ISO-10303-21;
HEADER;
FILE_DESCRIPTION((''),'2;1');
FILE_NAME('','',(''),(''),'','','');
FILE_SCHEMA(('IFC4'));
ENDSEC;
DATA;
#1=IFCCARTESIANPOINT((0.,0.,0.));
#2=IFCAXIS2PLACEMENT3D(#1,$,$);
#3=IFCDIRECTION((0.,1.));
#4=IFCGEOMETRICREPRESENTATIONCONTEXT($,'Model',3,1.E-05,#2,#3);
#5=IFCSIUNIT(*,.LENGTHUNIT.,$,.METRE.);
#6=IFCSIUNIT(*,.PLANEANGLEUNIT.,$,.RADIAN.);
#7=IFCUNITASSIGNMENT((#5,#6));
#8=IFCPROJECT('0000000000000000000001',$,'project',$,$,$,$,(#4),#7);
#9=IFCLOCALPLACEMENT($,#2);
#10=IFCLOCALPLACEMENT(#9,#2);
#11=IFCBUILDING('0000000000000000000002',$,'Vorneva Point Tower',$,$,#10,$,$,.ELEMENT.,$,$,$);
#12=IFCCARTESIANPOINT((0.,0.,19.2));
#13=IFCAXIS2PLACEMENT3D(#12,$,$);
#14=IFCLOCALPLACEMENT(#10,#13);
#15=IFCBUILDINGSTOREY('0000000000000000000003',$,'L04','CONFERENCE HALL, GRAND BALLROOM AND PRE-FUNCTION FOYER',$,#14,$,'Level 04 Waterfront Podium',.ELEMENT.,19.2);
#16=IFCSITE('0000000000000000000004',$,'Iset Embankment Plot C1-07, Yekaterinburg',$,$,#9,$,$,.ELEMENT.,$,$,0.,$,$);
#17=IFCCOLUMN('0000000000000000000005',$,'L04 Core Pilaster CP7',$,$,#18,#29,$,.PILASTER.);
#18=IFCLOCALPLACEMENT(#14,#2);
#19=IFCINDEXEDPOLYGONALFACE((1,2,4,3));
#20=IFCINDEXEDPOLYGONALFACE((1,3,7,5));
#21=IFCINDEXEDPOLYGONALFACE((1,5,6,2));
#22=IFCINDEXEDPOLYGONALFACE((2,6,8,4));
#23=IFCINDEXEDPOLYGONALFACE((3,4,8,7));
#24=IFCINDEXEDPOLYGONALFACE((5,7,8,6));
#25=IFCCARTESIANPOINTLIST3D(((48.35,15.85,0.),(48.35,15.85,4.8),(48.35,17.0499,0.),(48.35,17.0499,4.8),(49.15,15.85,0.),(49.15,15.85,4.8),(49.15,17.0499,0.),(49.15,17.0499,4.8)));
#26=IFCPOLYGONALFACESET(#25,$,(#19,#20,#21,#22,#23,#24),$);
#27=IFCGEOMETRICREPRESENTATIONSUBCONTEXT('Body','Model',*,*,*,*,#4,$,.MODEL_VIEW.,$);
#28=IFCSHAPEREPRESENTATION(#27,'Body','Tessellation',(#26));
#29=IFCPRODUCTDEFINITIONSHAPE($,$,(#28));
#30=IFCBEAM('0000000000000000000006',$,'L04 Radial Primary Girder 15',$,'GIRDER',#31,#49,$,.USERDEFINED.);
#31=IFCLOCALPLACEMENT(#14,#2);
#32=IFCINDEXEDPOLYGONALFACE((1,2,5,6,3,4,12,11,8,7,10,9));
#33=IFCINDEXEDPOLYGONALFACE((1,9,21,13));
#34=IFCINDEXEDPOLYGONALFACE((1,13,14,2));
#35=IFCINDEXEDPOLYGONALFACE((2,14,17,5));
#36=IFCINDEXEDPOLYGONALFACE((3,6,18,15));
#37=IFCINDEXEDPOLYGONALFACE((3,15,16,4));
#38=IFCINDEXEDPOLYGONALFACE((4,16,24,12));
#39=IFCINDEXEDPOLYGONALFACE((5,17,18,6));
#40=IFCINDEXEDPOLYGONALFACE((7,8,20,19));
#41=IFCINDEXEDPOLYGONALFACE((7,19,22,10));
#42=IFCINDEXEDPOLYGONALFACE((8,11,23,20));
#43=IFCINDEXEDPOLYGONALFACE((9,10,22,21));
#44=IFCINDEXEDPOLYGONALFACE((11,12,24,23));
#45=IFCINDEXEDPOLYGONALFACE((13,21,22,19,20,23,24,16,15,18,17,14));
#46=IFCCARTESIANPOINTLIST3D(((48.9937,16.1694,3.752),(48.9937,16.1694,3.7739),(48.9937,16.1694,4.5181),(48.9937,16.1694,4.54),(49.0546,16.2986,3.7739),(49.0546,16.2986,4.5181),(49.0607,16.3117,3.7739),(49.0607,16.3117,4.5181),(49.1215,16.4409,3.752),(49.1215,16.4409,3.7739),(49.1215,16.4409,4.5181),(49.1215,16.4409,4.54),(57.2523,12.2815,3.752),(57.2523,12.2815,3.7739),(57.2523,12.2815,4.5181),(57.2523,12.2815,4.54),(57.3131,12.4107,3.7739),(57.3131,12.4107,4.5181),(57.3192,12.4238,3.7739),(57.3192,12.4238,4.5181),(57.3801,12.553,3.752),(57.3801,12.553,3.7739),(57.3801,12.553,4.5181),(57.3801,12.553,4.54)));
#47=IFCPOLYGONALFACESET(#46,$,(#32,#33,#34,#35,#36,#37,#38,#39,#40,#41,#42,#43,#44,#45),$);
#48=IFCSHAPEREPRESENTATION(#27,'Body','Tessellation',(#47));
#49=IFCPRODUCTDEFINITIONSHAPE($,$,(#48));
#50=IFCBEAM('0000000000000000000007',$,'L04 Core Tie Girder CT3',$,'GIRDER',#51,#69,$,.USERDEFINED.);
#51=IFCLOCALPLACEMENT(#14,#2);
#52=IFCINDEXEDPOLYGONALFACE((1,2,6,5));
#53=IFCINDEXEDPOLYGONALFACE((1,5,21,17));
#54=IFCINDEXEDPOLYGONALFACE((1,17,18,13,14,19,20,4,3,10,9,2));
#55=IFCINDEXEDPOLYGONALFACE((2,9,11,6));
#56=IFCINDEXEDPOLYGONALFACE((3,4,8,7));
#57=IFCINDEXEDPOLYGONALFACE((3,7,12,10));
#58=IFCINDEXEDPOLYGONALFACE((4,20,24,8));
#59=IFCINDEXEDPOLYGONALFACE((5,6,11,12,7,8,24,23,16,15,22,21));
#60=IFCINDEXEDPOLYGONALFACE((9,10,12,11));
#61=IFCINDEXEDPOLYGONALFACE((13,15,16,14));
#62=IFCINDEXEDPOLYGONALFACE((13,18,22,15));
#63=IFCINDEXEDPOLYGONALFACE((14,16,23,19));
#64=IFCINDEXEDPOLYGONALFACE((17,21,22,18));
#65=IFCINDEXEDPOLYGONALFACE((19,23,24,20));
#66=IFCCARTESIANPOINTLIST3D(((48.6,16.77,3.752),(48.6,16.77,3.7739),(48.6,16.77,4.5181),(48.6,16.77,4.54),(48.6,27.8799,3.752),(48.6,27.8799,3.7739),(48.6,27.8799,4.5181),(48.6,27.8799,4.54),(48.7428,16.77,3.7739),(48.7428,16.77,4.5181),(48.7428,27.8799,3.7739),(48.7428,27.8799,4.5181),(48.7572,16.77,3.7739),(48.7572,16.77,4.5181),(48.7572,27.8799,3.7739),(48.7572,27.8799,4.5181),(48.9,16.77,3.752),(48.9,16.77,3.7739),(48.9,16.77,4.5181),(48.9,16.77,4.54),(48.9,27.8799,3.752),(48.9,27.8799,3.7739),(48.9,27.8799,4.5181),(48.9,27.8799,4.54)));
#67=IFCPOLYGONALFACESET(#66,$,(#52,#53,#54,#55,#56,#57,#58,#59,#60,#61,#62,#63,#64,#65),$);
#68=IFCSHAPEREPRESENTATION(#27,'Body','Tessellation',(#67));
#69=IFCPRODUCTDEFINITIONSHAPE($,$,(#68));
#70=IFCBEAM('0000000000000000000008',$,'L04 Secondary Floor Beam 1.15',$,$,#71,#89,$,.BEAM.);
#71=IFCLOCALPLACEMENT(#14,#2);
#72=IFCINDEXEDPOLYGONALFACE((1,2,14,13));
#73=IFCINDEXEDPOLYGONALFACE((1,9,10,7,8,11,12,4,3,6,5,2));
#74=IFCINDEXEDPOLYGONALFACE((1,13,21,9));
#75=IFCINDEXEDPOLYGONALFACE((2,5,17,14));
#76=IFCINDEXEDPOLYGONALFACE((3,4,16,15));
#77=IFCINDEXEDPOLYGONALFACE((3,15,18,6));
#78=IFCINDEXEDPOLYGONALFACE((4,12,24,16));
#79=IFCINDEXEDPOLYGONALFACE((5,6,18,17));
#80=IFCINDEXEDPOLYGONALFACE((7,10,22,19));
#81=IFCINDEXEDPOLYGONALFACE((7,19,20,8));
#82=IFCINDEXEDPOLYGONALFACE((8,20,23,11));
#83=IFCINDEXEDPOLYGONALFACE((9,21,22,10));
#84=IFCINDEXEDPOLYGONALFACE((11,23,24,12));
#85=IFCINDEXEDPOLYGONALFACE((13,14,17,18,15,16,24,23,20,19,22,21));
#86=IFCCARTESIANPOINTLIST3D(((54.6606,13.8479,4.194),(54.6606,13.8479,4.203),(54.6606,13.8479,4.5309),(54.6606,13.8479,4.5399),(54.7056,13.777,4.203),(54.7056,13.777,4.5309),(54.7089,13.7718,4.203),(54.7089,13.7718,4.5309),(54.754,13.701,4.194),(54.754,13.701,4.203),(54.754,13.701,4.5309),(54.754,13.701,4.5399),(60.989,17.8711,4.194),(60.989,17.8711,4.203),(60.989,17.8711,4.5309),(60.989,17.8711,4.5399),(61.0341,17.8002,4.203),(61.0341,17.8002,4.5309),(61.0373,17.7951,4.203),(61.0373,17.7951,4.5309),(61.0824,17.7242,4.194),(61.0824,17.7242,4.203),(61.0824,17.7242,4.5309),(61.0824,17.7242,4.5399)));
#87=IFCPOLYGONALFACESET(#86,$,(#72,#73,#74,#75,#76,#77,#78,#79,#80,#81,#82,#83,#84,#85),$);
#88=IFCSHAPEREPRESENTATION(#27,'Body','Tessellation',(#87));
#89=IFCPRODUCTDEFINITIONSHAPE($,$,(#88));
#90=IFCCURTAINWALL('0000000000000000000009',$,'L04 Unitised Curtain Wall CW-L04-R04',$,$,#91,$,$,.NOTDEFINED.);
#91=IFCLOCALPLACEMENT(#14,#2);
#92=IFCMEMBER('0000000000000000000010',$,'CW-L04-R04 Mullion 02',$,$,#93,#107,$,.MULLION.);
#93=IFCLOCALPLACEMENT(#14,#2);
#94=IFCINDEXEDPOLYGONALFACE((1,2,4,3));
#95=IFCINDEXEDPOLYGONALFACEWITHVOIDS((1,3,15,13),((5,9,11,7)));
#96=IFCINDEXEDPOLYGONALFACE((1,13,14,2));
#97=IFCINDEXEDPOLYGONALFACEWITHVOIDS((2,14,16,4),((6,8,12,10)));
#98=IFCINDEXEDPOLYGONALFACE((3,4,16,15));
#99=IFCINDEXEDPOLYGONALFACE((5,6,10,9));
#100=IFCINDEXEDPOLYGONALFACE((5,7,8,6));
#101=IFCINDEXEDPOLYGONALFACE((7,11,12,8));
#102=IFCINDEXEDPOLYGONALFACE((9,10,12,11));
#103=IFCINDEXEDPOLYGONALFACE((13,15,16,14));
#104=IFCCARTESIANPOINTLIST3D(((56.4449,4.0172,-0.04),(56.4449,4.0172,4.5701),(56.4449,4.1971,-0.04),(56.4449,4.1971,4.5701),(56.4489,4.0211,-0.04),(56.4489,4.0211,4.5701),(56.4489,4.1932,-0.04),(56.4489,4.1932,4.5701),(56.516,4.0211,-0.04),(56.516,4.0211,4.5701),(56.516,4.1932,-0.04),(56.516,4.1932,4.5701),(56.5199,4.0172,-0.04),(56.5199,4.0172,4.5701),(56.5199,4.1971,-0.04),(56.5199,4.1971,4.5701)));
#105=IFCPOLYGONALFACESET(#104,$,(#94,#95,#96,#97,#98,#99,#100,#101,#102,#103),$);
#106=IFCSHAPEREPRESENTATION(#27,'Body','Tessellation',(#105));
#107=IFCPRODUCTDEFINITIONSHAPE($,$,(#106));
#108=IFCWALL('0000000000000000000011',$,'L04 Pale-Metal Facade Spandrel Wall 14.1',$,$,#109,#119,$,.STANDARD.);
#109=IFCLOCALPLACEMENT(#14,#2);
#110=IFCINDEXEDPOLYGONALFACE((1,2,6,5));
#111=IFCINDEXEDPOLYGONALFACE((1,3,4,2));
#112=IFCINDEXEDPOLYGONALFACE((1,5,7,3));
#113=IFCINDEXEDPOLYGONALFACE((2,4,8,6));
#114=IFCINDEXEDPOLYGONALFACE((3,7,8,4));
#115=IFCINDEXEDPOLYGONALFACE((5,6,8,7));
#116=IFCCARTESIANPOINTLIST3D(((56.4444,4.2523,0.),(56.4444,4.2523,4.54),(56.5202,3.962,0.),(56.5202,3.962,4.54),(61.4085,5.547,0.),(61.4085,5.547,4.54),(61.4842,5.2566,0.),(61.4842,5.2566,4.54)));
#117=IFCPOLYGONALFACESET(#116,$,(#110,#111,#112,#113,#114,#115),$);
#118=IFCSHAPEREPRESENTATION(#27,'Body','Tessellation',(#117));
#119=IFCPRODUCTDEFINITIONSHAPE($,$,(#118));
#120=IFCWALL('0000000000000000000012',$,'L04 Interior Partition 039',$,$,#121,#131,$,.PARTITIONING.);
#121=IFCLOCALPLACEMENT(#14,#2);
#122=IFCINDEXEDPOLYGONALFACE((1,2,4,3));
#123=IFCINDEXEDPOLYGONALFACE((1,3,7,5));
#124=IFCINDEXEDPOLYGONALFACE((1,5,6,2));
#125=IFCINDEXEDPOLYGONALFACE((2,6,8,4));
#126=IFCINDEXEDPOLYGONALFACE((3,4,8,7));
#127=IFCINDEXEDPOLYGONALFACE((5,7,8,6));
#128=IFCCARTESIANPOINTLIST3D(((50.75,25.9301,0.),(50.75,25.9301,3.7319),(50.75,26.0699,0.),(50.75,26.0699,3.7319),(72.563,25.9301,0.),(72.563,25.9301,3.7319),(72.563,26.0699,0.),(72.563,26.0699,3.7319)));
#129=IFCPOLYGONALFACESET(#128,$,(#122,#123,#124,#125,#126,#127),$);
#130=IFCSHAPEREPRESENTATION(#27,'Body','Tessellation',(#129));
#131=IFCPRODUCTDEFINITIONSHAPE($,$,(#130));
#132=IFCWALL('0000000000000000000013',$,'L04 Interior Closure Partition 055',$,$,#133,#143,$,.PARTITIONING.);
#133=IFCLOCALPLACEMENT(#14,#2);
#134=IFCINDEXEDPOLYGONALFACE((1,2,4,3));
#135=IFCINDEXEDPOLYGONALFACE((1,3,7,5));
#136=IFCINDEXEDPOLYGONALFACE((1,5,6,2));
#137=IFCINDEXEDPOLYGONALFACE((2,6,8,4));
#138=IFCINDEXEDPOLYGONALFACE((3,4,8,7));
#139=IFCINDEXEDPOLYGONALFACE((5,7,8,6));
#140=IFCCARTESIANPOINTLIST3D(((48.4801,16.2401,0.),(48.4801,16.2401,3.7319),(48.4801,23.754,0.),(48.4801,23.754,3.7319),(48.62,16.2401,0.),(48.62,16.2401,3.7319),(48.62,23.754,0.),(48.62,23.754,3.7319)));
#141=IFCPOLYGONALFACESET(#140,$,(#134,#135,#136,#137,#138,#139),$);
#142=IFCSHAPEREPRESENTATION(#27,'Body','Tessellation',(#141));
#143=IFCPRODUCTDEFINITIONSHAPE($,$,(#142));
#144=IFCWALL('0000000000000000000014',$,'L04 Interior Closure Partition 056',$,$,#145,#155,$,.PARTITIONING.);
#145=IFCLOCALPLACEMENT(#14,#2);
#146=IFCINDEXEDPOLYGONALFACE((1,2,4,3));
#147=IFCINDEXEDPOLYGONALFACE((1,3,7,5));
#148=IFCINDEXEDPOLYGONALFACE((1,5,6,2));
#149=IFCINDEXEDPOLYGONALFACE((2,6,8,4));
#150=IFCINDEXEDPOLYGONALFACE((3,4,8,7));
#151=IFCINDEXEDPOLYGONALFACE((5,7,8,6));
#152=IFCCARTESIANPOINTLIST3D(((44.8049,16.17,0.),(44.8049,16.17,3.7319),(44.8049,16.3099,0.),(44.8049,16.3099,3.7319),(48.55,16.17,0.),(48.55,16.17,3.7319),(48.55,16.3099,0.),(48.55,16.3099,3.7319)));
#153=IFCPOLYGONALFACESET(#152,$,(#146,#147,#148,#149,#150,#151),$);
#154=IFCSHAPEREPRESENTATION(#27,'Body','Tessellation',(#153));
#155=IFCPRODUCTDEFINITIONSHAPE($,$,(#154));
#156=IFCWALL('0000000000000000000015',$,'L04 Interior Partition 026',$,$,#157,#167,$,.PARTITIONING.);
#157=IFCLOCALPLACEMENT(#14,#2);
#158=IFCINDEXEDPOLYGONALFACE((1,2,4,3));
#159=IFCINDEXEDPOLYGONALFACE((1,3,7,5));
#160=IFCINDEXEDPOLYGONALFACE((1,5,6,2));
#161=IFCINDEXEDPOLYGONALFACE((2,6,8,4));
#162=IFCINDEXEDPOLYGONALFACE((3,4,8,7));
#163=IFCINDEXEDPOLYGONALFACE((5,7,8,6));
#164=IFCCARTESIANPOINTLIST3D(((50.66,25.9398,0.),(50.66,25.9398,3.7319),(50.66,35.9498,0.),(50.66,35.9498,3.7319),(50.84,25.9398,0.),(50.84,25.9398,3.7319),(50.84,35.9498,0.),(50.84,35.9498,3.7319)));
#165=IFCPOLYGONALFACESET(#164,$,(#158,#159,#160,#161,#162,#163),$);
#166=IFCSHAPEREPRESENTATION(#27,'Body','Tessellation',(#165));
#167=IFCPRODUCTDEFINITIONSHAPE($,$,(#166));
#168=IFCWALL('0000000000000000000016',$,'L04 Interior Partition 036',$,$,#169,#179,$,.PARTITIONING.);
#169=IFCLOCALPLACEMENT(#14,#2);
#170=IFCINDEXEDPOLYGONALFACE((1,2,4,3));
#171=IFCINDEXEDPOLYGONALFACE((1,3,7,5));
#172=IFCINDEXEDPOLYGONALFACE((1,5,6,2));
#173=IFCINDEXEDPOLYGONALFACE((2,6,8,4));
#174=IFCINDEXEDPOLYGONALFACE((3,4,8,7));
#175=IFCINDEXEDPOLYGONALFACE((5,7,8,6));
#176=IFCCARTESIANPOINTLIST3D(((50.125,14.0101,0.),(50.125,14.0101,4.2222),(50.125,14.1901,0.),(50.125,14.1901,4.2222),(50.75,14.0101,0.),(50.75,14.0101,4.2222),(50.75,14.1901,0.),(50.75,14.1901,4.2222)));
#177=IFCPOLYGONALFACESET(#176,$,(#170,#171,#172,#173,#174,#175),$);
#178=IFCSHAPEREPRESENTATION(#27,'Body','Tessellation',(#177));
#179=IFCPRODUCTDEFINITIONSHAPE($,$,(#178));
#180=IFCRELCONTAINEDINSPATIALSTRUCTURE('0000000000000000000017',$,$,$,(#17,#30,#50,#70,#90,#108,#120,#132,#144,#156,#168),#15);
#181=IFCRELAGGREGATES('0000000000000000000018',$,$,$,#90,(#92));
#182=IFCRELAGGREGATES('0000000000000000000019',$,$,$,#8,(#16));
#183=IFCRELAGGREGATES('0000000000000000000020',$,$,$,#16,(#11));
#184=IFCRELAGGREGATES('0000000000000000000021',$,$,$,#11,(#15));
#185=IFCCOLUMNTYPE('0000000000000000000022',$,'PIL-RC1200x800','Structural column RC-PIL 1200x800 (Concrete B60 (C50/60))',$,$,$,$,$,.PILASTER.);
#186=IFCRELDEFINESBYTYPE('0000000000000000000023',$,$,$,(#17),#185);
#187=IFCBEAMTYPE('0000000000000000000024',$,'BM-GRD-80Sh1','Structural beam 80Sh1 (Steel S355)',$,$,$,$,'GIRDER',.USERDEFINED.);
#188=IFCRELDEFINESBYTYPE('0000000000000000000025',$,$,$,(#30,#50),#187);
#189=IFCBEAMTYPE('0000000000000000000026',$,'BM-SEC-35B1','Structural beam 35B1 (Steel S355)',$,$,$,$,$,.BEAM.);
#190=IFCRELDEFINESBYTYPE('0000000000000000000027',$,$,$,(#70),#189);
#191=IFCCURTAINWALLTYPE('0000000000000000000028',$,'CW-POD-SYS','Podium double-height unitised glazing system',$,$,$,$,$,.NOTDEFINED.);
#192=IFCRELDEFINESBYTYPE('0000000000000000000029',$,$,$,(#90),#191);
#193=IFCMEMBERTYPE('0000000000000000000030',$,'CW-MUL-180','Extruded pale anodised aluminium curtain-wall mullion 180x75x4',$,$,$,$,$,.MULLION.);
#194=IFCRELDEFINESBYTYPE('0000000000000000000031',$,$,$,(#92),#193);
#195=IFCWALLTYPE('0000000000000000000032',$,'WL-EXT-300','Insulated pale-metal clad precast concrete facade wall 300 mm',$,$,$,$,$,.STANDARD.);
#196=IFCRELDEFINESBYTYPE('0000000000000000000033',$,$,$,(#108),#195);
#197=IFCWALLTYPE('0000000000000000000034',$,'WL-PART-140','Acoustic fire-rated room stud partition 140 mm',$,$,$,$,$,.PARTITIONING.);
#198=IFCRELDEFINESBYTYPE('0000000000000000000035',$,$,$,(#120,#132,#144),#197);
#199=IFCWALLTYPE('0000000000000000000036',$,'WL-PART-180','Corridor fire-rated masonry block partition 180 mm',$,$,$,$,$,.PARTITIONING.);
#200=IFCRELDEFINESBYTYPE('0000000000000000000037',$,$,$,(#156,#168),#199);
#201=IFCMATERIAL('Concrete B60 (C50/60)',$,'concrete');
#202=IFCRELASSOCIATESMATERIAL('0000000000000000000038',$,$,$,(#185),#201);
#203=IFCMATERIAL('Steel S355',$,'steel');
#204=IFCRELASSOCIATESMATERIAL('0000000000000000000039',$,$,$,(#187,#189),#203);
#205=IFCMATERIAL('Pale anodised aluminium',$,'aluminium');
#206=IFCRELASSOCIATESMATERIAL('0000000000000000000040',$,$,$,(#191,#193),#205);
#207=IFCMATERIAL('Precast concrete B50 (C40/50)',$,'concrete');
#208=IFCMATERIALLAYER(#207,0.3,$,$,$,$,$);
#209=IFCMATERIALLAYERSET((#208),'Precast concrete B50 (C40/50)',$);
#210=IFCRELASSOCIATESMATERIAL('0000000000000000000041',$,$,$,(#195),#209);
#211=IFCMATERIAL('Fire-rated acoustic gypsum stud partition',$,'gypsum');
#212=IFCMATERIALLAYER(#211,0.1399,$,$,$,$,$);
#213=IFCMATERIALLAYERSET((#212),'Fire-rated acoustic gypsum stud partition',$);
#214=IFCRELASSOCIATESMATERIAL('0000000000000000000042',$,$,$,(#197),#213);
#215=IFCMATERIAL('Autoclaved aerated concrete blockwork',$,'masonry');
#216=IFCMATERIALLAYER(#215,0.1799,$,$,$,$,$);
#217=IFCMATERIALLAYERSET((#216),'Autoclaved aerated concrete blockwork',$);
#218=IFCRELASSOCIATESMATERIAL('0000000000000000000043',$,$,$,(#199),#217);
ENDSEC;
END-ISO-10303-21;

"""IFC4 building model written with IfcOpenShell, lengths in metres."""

from ifc_helpers import new_model, si_unit, direction, frame, frame_2d, origin, origin_2d, place, context, subcontext, project, spatial, rectangle, hollow_rectangle, i_section, extrude, material, layer, layer_set, material_profile, profile_set, type_object, element, aggregate, save


model = new_model("IFC4")

# Units and contexts
model_context = context("Model", 3, precision=1e-05, world=origin(), true_north=direction((0.0, 1.0)))
body_context = subcontext(model_context, "Body", "Model", "MODEL_VIEW")
ifc_project = project(units=[si_unit("LENGTHUNIT", "METRE"), si_unit("PLANEANGLEUNIT", "RADIAN")], contexts=[model_context])

# Site, building, storey
site_placement = place(None, origin())
site = spatial("IfcSite", under=ifc_project, at=site_placement, Name="Iset Embankment Plot C1-07, Yekaterinburg", CompositionType="ELEMENT", RefElevation=0.0)
building_placement = place(site_placement, origin())
building = spatial("IfcBuilding", under=site, at=building_placement, Name="Vorneva Point Tower", CompositionType="ELEMENT")
storey_placement = place(building_placement, frame((0.0, 0.0, 19.2)))
storey = spatial("IfcBuildingStorey", under=building, at=storey_placement, Name="L04", Description="CONFERENCE HALL, GRAND BALLROOM AND PRE-FUNCTION FOYER", LongName="Level 04 Waterfront Podium", CompositionType="ELEMENT", Elevation=19.2)

# Column
ifc_material_1 = material(Name="Concrete B60 (C50/60)", Category="concrete")
ifc_material_profile_1 = material_profile(ifc_material_1, rectangle(XDim=0.8, YDim=1.2, at=origin_2d()), Name="RC-PIL 1200x800")
ifc_profile_set_1 = profile_set([ifc_material_profile_1], Name="Concrete B60 (C50/60)")
column_type_1 = type_object("IfcColumnType", Name="PIL-RC1200x800", Description="Structural column RC-PIL 1200x800 (Concrete B60 (C50/60))", PredefinedType="PILASTER", material=ifc_profile_set_1)
column_placement = place(storey_placement, frame((48.75, 16.45, 0.0), z_axis=(0.0, 0.0, 1.0), x_axis=(1.0, 0.0, 0.0)))
element("IfcColumn", 1, at=column_placement, inside=storey, type_object=column_type_1, Name="L04 Core Pilaster CP7", PredefinedType="PILASTER", context=body_context, shape_type="SweptSolid", body=[
    extrude(rectangle(XDim=0.8, YDim=1.2, at=origin_2d()), origin(), (0.0, 0.0, 1.0), 4.8),
])

# Beams
ifc_material_2 = material(Name="Steel S355", Category="steel")
ifc_material_profile_2 = material_profile(ifc_material_2, i_section(OverallWidth=0.3, OverallDepth=0.7881, WebThickness=0.0144, FlangeThickness=0.022, at=origin_2d()), Name="80Sh1")
ifc_profile_set_2 = profile_set([ifc_material_profile_2], Name="Steel S355")
beam_type_1 = type_object("IfcBeamType", Name="BM-GRD-80Sh1", Description="Structural beam 80Sh1 (Steel S355)", ElementType="GIRDER", PredefinedType="USERDEFINED", material=ifc_profile_set_2)
beam_1_placement = place(storey_placement, frame((57.3162, 12.4172, 4.146), z_axis=(-0.904753, 0.425937, 0.0), x_axis=(-0.425937, -0.904753, 0.0)))
element("IfcBeam", 2, at=beam_1_placement, inside=storey, type_object=beam_type_1, Name="L04 Radial Primary Girder 15", ObjectType="GIRDER", PredefinedType="USERDEFINED", context=body_context, shape_type="SweptSolid", body=[
    extrude(i_section(OverallWidth=0.3, OverallDepth=0.7881, WebThickness=0.0144, FlangeThickness=0.022, at=origin_2d()), origin(), (0.0, 0.0, 1.0), 9.1279),
])
beam_2_placement = place(storey_placement, frame((48.75, 16.77, 4.146), z_axis=(0.0, 1.0, 0.0), x_axis=(-1.0, 0.0, 0.0)))
element("IfcBeam", 3, at=beam_2_placement, inside=storey, type_object=beam_type_1, Name="L04 Core Tie Girder CT3", ObjectType="GIRDER", PredefinedType="USERDEFINED", context=body_context, shape_type="SweptSolid", body=[
    extrude(i_section(OverallWidth=0.3, OverallDepth=0.7881, WebThickness=0.0144, FlangeThickness=0.022, at=origin_2d()), origin(), (0.0, 0.0, 1.0), 11.1099),
])
ifc_material_profile_3 = material_profile(ifc_material_2, i_section(OverallWidth=0.1741, OverallDepth=0.3459, WebThickness=0.0061, FlangeThickness=0.009, at=origin_2d()), Name="35B1")
ifc_profile_set_3 = profile_set([ifc_material_profile_3], Name="Steel S355")
beam_type_2 = type_object("IfcBeamType", Name="BM-SEC-35B1", Description="Structural beam 35B1 (Steel S355)", PredefinedType="BEAM", material=ifc_profile_set_3)
beam_3_placement = place(storey_placement, frame((54.7073, 13.7744, 4.3669), z_axis=(0.8439, 0.5365, 0.0), x_axis=(-0.5365, 0.8439, 0.0)))
element("IfcBeam", 4, at=beam_3_placement, inside=storey, type_object=beam_type_2, Name="L04 Secondary Floor Beam 1.15", PredefinedType="BEAM", context=body_context, shape_type="SweptSolid", body=[
    extrude(i_section(OverallWidth=0.1741, OverallDepth=0.3459, WebThickness=0.0061, FlangeThickness=0.009, at=origin_2d()), origin(), (0.0, 0.0, 1.0), 7.499),
])

# Curtain wall, member
ifc_material_3 = material(Name="Pale anodised aluminium", Category="aluminium")
curtain_wall_type = type_object("IfcCurtainWallType", Name="CW-POD-SYS", Description="Podium double-height unitised glazing system", PredefinedType="NOTDEFINED", material=ifc_material_3)
curtain_wall_placement = place(storey_placement, origin())
curtain_wall = element("IfcCurtainWall", 5, at=curtain_wall_placement, inside=storey, type_object=curtain_wall_type, Name="L04 Unitised Curtain Wall CW-L04-R04", PredefinedType="NOTDEFINED")
ifc_material_profile_4 = material_profile(ifc_material_3, hollow_rectangle(XDim=0.075, YDim=0.1799, WallThickness=0.0039, at=origin_2d()), Name="AL-MUL 180x75x4")
ifc_profile_set_4 = profile_set([ifc_material_profile_4], Name="Pale anodised aluminium")
member_type = type_object("IfcMemberType", Name="CW-MUL-180", Description="Extruded pale anodised aluminium curtain-wall mullion 180x75x4", PredefinedType="MULLION", material=ifc_profile_set_4)
member_placement = place(storey_placement, frame((56.4824, 4.1072, -0.04), z_axis=(0.0, 0.0, 1.0), x_axis=(1.0, 0.0, 0.0)))
member = element("IfcMember", 6, at=member_placement, type_object=member_type, Name="CW-L04-R04 Mullion 02", PredefinedType="MULLION", context=body_context, shape_type="SweptSolid", body=[
    extrude(hollow_rectangle(XDim=0.075, YDim=0.1799, WallThickness=0.0039, at=origin_2d()), origin(), (0.0, 0.0, 1.0), 4.6101),
])
aggregate(curtain_wall, [member])

# Walls
ifc_material_4 = material(Name="Precast concrete B50 (C40/50)", Category="concrete")
ifc_layer_1 = layer(ifc_material_4, 0.3)
ifc_layer_set_1 = layer_set([ifc_layer_1], Name="Precast concrete B50 (C40/50)")
wall_type_1 = type_object("IfcWallType", Name="WL-EXT-300", Description="Insulated pale-metal clad precast concrete facade wall 300 mm", PredefinedType="STANDARD", material=ifc_layer_set_1)
wall_1_placement = place(storey_placement, frame((56.4824, 4.1072, 0.0), z_axis=(0.0, 0.0, 1.0), x_axis=(0.967632, 0.252366, 0.0)))
element("IfcWall", 7, at=wall_1_placement, inside=storey, type_object=wall_type_1, Name="L04 Pale-Metal Facade Spandrel Wall 14.1", PredefinedType="STANDARD", context=body_context, shape_type="SweptSolid", body=[
    extrude(rectangle(XDim=5.1301, YDim=0.3, at=frame_2d((2.5649, 0.0))), origin(), (0.0, 0.0, 1.0), 4.54),
])
ifc_material_5 = material(Name="Fire-rated acoustic gypsum stud partition", Category="gypsum")
ifc_layer_2 = layer(ifc_material_5, 0.1399)
ifc_layer_set_2 = layer_set([ifc_layer_2], Name="Fire-rated acoustic gypsum stud partition")
wall_type_2 = type_object("IfcWallType", Name="WL-PART-140", Description="Acoustic fire-rated room stud partition 140 mm", PredefinedType="PARTITIONING", material=ifc_layer_set_2)
wall_2_placement = place(storey_placement, frame((50.75, 26.0, 0.0), z_axis=(0.0, 0.0, 1.0), x_axis=(1.0, 0.0, 0.0)))
element("IfcWall", 8, at=wall_2_placement, inside=storey, type_object=wall_type_2, Name="L04 Interior Partition 039", PredefinedType="PARTITIONING", context=body_context, shape_type="SweptSolid", body=[
    extrude(rectangle(XDim=21.813, YDim=0.1399, at=frame_2d((10.9065, 0.0))), origin(), (0.0, 0.0, 1.0), 3.7319),
])
wall_3_placement = place(storey_placement, frame((48.55, 23.7539, 0.0), z_axis=(0.0, 0.0, 1.0), x_axis=(0.0, -1.0, 0.0)))
element("IfcWall", 9, at=wall_3_placement, inside=storey, type_object=wall_type_2, Name="L04 Interior Closure Partition 055", PredefinedType="PARTITIONING", context=body_context, shape_type="SweptSolid", body=[
    extrude(rectangle(XDim=7.5139, YDim=0.1399, at=frame_2d((3.7568, 0.0))), origin(), (0.0, 0.0, 1.0), 3.7319),
])
wall_4_placement = place(storey_placement, frame((48.55, 16.24, 0.0), z_axis=(0.0, 0.0, 1.0), x_axis=(-1.0, 0.0, 0.0)))
element("IfcWall", 10, at=wall_4_placement, inside=storey, type_object=wall_type_2, Name="L04 Interior Closure Partition 056", PredefinedType="PARTITIONING", context=body_context, shape_type="SweptSolid", body=[
    extrude(rectangle(XDim=3.7451, YDim=0.1399, at=frame_2d((1.8726, 0.0))), origin(), (0.0, 0.0, 1.0), 3.7319),
])

# Shared definitions
ifc_material_6 = material(Name="Autoclaved aerated concrete blockwork", Category="masonry")
ifc_layer_3 = layer(ifc_material_6, 0.1799)
ifc_layer_set_3 = layer_set([ifc_layer_3], Name="Autoclaved aerated concrete blockwork")
wall_type_3 = type_object("IfcWallType", Name="WL-PART-180", Description="Corridor fire-rated masonry block partition 180 mm", PredefinedType="PARTITIONING", material=ifc_layer_set_3)

# Walls
wall_5_placement = place(storey_placement, frame((50.75, 25.9399, 0.0), z_axis=(0.0, 0.0, 1.0), x_axis=(0.0, 1.0, 0.0)))
element("IfcWall", 11, at=wall_5_placement, inside=storey, type_object=wall_type_3, Name="L04 Interior Partition 026", PredefinedType="PARTITIONING", context=body_context, shape_type="SweptSolid", body=[
    extrude(rectangle(XDim=10.01, YDim=0.1799, at=frame_2d((5.0049, 0.0))), origin(), (0.0, 0.0, 1.0), 3.7319),
])
wall_6_placement = place(storey_placement, frame((50.125, 14.1001, 0.0), z_axis=(0.0, 0.0, 1.0), x_axis=(1.0, 0.0, 0.0)))
element("IfcWall", 12, at=wall_6_placement, inside=storey, type_object=wall_type_3, Name="L04 Interior Partition 036", PredefinedType="PARTITIONING", context=body_context, shape_type="SweptSolid", body=[
    extrude(rectangle(XDim=0.625, YDim=0.1799, at=frame_2d((0.3125, 0.0))), origin(), (0.0, 0.0, 1.0), 4.2222),
])

save(model, "model.ifc")
